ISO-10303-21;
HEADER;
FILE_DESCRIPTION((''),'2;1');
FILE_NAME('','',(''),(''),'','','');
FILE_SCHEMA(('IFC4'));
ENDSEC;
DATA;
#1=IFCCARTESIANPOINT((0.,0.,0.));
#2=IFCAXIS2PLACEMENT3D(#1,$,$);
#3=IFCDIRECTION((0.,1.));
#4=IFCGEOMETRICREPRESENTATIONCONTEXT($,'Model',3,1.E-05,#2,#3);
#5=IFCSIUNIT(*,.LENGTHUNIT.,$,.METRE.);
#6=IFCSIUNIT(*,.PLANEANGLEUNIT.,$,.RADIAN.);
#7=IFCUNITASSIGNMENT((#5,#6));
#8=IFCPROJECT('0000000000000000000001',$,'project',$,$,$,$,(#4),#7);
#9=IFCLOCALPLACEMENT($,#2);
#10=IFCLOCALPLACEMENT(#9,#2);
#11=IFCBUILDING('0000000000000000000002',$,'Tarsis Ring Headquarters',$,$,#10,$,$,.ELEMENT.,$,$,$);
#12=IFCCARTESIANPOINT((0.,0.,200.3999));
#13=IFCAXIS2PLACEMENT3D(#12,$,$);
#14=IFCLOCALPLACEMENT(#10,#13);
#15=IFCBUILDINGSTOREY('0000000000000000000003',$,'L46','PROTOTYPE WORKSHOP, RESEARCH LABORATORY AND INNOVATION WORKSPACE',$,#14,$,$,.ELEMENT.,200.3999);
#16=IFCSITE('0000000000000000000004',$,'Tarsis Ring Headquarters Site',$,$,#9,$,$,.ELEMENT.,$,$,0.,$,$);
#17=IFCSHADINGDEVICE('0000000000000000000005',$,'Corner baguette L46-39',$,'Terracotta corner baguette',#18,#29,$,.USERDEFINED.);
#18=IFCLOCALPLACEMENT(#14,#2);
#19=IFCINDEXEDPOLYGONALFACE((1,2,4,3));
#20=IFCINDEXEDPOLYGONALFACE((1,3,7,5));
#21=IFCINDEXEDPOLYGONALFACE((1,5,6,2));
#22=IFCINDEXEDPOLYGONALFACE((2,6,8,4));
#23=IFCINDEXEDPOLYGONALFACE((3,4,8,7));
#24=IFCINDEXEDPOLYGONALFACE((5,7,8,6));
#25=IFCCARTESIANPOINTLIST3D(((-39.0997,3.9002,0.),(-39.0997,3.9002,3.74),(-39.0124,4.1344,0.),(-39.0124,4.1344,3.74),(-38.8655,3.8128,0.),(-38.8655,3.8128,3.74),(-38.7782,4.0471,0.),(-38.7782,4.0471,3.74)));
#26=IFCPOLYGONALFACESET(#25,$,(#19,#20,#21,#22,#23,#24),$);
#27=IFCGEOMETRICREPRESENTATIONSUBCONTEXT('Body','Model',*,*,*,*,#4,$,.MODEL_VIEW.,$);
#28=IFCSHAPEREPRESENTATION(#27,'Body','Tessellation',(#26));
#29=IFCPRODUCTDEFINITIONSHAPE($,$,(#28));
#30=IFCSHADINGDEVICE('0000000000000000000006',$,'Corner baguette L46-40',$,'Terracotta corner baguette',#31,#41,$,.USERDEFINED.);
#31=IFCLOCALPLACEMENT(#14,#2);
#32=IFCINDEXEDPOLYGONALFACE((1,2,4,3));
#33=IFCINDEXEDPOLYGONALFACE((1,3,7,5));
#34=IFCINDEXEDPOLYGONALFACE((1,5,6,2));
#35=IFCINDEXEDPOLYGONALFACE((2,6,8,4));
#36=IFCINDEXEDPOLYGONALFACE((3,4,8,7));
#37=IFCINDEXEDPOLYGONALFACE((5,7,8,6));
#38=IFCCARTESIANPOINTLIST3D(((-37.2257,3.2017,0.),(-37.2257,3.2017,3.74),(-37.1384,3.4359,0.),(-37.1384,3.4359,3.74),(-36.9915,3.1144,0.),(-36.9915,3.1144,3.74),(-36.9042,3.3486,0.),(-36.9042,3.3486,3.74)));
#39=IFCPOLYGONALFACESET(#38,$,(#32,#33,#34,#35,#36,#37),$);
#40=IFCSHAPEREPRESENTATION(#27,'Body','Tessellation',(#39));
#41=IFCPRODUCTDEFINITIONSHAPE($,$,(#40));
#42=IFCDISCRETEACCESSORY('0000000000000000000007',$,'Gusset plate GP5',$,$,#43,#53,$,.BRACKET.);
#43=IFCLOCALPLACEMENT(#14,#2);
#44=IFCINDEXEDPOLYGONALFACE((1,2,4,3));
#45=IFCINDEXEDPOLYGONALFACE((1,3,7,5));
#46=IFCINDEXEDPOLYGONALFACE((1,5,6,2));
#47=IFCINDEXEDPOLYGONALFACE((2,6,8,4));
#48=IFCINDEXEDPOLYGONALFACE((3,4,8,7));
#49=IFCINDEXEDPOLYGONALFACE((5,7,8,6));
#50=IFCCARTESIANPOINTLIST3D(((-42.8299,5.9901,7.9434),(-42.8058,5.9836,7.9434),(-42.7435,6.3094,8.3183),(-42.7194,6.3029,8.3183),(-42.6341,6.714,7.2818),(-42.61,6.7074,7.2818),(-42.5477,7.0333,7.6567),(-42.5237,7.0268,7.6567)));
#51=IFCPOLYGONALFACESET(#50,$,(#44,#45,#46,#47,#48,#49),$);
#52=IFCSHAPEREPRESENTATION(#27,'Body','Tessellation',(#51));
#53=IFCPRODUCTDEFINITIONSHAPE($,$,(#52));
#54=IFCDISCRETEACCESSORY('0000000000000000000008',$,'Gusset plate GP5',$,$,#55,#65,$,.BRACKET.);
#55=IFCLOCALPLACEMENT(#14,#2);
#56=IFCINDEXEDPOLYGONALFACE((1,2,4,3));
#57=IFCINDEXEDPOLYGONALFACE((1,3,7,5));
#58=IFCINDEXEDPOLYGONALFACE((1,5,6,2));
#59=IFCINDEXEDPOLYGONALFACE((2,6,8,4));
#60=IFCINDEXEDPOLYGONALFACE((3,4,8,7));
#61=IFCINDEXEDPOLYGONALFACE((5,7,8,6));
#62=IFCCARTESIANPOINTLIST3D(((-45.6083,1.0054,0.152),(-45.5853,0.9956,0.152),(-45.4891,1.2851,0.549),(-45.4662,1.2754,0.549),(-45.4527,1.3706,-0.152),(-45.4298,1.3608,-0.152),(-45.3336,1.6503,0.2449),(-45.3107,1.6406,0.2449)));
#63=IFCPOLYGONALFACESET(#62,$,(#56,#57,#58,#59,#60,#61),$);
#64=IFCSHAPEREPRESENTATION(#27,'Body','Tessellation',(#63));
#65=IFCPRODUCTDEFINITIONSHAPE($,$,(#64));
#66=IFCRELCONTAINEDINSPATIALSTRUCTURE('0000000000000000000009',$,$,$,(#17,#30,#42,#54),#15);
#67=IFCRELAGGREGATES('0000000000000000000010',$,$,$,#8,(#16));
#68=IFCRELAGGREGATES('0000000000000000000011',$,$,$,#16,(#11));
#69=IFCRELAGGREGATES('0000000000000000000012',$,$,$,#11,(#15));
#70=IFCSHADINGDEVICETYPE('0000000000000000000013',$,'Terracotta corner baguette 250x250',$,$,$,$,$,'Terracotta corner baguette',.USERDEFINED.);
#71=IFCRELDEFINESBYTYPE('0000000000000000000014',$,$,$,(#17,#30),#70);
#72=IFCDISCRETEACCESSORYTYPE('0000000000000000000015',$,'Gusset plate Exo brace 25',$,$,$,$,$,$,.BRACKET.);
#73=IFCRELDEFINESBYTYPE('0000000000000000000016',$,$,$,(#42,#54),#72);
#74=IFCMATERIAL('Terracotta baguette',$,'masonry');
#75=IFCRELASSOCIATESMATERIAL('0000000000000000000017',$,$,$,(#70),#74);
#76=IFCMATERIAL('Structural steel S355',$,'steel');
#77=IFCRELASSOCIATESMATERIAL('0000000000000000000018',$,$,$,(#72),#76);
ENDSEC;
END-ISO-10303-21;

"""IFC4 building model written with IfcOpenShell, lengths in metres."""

from ifc_helpers import new_model, si_unit, direction, frame, origin, origin_2d, place, context, subcontext, project, spatial, rectangle, extrude, material, material_profile, profile_set, type_object, element, save


model = new_model("IFC4")

# Units and contexts
model_context = context("Model", 3, precision=1e-05, world=origin(), true_north=direction((0.0, 1.0)))
body_context = subcontext(model_context, "Body", "Model", "MODEL_VIEW")
ifc_project = project(units=[si_unit("LENGTHUNIT", "METRE"), si_unit("PLANEANGLEUNIT", "RADIAN")], contexts=[model_context])

# Site, building, storey
site_placement = place(None, origin())
site = spatial("IfcSite", under=ifc_project, at=site_placement, Name="Tarsis Ring Headquarters Site", CompositionType="ELEMENT", RefElevation=0.0)
building_placement = place(site_placement, origin())
building = spatial("IfcBuilding", under=site, at=building_placement, Name="Tarsis Ring Headquarters", CompositionType="ELEMENT")
storey_placement = place(building_placement, frame((0.0, 0.0, 200.3999)))
storey = spatial("IfcBuildingStorey", under=building, at=storey_placement, Name="L46", Description="PROTOTYPE WORKSHOP, RESEARCH LABORATORY AND INNOVATION WORKSPACE", CompositionType="ELEMENT", Elevation=200.3999)

# Shared definitions
ifc_material_1 = material(Name="Structural steel S355", Category="steel")

# Shading devices
ifc_material_2 = material(Name="Terracotta baguette", Category="masonry")
shading_device_type_1 = type_object("IfcShadingDeviceType", Name="Terracotta corner baguette 250x250", ElementType="Terracotta corner baguette", PredefinedType="USERDEFINED", material=ifc_material_2)
for number, where, z_axis, x_axis, name in (
    (1, (-38.939, 3.9736, 0.0), (0.0, 0.0, 1.0), (-0.349226, -0.937038, 0.0), "Corner baguette L46-39"),
    (2, (-37.0649, 3.2751, 0.0), (0.0, 0.0, 1.0), (0.937038, -0.349226, 0.0), "Corner baguette L46-40"),
):
    element("IfcShadingDevice", number, at=place(storey_placement, frame(where, z_axis=z_axis, x_axis=x_axis)), inside=storey, type_object=shading_device_type_1, Name=name, ObjectType="Terracotta corner baguette", PredefinedType="USERDEFINED", context=body_context, shape_type="SweptSolid", body=[
        extrude(rectangle(XDim=0.25, YDim=0.25, at=origin_2d()), origin(), (0.0, 0.0, 1.0), 3.74),
    ])

# Discrete accessories
ifc_material_profile_1 = material_profile(ifc_material_1, rectangle(XDim=0.0249, YDim=0.5, at=origin_2d()), Name="PL 25x500")
ifc_profile_set_1 = profile_set([ifc_material_profile_1], Name="Structural steel S355")
discrete_accessory_type = type_object("IfcDiscreteAccessoryType", Name="Gusset plate Exo brace 25", PredefinedType="BRACKET", material=ifc_profile_set_1)
discrete_accessory_1_placement = place(storey_placement, frame((-42.5789, 6.8704, 7.4692), z_axis=(-0.195793, -0.723849, 0.661595), x_axis=(0.96531, -0.261106, 0.0)))
element("IfcDiscreteAccessory", 3, at=discrete_accessory_1_placement, inside=storey, type_object=discrete_accessory_type, Name="Gusset plate GP5", PredefinedType="BRACKET", context=body_context, shape_type="SweptSolid", body=[
    extrude(rectangle(XDim=0.0249, YDim=0.5, at=origin_2d()), origin(), (0.0, 0.0, 1.0), 1.0),
])
discrete_accessory_2_placement = place(storey_placement, frame((-45.519, 1.1831, 0.0), z_axis=(0.238252, 0.559501, 0.793848), x_axis=(-0.920056, 0.391787, 0.0)))
element("IfcDiscreteAccessory", 4, at=discrete_accessory_2_placement, inside=storey, type_object=discrete_accessory_type, Name="Gusset plate GP5", PredefinedType="BRACKET", context=body_context, shape_type="SweptSolid", body=[
    extrude(rectangle(XDim=0.0249, YDim=0.5, at=origin_2d()), origin(), (0.0, 0.0, 1.0), 0.5),
])

save(model, "model.ifc")
